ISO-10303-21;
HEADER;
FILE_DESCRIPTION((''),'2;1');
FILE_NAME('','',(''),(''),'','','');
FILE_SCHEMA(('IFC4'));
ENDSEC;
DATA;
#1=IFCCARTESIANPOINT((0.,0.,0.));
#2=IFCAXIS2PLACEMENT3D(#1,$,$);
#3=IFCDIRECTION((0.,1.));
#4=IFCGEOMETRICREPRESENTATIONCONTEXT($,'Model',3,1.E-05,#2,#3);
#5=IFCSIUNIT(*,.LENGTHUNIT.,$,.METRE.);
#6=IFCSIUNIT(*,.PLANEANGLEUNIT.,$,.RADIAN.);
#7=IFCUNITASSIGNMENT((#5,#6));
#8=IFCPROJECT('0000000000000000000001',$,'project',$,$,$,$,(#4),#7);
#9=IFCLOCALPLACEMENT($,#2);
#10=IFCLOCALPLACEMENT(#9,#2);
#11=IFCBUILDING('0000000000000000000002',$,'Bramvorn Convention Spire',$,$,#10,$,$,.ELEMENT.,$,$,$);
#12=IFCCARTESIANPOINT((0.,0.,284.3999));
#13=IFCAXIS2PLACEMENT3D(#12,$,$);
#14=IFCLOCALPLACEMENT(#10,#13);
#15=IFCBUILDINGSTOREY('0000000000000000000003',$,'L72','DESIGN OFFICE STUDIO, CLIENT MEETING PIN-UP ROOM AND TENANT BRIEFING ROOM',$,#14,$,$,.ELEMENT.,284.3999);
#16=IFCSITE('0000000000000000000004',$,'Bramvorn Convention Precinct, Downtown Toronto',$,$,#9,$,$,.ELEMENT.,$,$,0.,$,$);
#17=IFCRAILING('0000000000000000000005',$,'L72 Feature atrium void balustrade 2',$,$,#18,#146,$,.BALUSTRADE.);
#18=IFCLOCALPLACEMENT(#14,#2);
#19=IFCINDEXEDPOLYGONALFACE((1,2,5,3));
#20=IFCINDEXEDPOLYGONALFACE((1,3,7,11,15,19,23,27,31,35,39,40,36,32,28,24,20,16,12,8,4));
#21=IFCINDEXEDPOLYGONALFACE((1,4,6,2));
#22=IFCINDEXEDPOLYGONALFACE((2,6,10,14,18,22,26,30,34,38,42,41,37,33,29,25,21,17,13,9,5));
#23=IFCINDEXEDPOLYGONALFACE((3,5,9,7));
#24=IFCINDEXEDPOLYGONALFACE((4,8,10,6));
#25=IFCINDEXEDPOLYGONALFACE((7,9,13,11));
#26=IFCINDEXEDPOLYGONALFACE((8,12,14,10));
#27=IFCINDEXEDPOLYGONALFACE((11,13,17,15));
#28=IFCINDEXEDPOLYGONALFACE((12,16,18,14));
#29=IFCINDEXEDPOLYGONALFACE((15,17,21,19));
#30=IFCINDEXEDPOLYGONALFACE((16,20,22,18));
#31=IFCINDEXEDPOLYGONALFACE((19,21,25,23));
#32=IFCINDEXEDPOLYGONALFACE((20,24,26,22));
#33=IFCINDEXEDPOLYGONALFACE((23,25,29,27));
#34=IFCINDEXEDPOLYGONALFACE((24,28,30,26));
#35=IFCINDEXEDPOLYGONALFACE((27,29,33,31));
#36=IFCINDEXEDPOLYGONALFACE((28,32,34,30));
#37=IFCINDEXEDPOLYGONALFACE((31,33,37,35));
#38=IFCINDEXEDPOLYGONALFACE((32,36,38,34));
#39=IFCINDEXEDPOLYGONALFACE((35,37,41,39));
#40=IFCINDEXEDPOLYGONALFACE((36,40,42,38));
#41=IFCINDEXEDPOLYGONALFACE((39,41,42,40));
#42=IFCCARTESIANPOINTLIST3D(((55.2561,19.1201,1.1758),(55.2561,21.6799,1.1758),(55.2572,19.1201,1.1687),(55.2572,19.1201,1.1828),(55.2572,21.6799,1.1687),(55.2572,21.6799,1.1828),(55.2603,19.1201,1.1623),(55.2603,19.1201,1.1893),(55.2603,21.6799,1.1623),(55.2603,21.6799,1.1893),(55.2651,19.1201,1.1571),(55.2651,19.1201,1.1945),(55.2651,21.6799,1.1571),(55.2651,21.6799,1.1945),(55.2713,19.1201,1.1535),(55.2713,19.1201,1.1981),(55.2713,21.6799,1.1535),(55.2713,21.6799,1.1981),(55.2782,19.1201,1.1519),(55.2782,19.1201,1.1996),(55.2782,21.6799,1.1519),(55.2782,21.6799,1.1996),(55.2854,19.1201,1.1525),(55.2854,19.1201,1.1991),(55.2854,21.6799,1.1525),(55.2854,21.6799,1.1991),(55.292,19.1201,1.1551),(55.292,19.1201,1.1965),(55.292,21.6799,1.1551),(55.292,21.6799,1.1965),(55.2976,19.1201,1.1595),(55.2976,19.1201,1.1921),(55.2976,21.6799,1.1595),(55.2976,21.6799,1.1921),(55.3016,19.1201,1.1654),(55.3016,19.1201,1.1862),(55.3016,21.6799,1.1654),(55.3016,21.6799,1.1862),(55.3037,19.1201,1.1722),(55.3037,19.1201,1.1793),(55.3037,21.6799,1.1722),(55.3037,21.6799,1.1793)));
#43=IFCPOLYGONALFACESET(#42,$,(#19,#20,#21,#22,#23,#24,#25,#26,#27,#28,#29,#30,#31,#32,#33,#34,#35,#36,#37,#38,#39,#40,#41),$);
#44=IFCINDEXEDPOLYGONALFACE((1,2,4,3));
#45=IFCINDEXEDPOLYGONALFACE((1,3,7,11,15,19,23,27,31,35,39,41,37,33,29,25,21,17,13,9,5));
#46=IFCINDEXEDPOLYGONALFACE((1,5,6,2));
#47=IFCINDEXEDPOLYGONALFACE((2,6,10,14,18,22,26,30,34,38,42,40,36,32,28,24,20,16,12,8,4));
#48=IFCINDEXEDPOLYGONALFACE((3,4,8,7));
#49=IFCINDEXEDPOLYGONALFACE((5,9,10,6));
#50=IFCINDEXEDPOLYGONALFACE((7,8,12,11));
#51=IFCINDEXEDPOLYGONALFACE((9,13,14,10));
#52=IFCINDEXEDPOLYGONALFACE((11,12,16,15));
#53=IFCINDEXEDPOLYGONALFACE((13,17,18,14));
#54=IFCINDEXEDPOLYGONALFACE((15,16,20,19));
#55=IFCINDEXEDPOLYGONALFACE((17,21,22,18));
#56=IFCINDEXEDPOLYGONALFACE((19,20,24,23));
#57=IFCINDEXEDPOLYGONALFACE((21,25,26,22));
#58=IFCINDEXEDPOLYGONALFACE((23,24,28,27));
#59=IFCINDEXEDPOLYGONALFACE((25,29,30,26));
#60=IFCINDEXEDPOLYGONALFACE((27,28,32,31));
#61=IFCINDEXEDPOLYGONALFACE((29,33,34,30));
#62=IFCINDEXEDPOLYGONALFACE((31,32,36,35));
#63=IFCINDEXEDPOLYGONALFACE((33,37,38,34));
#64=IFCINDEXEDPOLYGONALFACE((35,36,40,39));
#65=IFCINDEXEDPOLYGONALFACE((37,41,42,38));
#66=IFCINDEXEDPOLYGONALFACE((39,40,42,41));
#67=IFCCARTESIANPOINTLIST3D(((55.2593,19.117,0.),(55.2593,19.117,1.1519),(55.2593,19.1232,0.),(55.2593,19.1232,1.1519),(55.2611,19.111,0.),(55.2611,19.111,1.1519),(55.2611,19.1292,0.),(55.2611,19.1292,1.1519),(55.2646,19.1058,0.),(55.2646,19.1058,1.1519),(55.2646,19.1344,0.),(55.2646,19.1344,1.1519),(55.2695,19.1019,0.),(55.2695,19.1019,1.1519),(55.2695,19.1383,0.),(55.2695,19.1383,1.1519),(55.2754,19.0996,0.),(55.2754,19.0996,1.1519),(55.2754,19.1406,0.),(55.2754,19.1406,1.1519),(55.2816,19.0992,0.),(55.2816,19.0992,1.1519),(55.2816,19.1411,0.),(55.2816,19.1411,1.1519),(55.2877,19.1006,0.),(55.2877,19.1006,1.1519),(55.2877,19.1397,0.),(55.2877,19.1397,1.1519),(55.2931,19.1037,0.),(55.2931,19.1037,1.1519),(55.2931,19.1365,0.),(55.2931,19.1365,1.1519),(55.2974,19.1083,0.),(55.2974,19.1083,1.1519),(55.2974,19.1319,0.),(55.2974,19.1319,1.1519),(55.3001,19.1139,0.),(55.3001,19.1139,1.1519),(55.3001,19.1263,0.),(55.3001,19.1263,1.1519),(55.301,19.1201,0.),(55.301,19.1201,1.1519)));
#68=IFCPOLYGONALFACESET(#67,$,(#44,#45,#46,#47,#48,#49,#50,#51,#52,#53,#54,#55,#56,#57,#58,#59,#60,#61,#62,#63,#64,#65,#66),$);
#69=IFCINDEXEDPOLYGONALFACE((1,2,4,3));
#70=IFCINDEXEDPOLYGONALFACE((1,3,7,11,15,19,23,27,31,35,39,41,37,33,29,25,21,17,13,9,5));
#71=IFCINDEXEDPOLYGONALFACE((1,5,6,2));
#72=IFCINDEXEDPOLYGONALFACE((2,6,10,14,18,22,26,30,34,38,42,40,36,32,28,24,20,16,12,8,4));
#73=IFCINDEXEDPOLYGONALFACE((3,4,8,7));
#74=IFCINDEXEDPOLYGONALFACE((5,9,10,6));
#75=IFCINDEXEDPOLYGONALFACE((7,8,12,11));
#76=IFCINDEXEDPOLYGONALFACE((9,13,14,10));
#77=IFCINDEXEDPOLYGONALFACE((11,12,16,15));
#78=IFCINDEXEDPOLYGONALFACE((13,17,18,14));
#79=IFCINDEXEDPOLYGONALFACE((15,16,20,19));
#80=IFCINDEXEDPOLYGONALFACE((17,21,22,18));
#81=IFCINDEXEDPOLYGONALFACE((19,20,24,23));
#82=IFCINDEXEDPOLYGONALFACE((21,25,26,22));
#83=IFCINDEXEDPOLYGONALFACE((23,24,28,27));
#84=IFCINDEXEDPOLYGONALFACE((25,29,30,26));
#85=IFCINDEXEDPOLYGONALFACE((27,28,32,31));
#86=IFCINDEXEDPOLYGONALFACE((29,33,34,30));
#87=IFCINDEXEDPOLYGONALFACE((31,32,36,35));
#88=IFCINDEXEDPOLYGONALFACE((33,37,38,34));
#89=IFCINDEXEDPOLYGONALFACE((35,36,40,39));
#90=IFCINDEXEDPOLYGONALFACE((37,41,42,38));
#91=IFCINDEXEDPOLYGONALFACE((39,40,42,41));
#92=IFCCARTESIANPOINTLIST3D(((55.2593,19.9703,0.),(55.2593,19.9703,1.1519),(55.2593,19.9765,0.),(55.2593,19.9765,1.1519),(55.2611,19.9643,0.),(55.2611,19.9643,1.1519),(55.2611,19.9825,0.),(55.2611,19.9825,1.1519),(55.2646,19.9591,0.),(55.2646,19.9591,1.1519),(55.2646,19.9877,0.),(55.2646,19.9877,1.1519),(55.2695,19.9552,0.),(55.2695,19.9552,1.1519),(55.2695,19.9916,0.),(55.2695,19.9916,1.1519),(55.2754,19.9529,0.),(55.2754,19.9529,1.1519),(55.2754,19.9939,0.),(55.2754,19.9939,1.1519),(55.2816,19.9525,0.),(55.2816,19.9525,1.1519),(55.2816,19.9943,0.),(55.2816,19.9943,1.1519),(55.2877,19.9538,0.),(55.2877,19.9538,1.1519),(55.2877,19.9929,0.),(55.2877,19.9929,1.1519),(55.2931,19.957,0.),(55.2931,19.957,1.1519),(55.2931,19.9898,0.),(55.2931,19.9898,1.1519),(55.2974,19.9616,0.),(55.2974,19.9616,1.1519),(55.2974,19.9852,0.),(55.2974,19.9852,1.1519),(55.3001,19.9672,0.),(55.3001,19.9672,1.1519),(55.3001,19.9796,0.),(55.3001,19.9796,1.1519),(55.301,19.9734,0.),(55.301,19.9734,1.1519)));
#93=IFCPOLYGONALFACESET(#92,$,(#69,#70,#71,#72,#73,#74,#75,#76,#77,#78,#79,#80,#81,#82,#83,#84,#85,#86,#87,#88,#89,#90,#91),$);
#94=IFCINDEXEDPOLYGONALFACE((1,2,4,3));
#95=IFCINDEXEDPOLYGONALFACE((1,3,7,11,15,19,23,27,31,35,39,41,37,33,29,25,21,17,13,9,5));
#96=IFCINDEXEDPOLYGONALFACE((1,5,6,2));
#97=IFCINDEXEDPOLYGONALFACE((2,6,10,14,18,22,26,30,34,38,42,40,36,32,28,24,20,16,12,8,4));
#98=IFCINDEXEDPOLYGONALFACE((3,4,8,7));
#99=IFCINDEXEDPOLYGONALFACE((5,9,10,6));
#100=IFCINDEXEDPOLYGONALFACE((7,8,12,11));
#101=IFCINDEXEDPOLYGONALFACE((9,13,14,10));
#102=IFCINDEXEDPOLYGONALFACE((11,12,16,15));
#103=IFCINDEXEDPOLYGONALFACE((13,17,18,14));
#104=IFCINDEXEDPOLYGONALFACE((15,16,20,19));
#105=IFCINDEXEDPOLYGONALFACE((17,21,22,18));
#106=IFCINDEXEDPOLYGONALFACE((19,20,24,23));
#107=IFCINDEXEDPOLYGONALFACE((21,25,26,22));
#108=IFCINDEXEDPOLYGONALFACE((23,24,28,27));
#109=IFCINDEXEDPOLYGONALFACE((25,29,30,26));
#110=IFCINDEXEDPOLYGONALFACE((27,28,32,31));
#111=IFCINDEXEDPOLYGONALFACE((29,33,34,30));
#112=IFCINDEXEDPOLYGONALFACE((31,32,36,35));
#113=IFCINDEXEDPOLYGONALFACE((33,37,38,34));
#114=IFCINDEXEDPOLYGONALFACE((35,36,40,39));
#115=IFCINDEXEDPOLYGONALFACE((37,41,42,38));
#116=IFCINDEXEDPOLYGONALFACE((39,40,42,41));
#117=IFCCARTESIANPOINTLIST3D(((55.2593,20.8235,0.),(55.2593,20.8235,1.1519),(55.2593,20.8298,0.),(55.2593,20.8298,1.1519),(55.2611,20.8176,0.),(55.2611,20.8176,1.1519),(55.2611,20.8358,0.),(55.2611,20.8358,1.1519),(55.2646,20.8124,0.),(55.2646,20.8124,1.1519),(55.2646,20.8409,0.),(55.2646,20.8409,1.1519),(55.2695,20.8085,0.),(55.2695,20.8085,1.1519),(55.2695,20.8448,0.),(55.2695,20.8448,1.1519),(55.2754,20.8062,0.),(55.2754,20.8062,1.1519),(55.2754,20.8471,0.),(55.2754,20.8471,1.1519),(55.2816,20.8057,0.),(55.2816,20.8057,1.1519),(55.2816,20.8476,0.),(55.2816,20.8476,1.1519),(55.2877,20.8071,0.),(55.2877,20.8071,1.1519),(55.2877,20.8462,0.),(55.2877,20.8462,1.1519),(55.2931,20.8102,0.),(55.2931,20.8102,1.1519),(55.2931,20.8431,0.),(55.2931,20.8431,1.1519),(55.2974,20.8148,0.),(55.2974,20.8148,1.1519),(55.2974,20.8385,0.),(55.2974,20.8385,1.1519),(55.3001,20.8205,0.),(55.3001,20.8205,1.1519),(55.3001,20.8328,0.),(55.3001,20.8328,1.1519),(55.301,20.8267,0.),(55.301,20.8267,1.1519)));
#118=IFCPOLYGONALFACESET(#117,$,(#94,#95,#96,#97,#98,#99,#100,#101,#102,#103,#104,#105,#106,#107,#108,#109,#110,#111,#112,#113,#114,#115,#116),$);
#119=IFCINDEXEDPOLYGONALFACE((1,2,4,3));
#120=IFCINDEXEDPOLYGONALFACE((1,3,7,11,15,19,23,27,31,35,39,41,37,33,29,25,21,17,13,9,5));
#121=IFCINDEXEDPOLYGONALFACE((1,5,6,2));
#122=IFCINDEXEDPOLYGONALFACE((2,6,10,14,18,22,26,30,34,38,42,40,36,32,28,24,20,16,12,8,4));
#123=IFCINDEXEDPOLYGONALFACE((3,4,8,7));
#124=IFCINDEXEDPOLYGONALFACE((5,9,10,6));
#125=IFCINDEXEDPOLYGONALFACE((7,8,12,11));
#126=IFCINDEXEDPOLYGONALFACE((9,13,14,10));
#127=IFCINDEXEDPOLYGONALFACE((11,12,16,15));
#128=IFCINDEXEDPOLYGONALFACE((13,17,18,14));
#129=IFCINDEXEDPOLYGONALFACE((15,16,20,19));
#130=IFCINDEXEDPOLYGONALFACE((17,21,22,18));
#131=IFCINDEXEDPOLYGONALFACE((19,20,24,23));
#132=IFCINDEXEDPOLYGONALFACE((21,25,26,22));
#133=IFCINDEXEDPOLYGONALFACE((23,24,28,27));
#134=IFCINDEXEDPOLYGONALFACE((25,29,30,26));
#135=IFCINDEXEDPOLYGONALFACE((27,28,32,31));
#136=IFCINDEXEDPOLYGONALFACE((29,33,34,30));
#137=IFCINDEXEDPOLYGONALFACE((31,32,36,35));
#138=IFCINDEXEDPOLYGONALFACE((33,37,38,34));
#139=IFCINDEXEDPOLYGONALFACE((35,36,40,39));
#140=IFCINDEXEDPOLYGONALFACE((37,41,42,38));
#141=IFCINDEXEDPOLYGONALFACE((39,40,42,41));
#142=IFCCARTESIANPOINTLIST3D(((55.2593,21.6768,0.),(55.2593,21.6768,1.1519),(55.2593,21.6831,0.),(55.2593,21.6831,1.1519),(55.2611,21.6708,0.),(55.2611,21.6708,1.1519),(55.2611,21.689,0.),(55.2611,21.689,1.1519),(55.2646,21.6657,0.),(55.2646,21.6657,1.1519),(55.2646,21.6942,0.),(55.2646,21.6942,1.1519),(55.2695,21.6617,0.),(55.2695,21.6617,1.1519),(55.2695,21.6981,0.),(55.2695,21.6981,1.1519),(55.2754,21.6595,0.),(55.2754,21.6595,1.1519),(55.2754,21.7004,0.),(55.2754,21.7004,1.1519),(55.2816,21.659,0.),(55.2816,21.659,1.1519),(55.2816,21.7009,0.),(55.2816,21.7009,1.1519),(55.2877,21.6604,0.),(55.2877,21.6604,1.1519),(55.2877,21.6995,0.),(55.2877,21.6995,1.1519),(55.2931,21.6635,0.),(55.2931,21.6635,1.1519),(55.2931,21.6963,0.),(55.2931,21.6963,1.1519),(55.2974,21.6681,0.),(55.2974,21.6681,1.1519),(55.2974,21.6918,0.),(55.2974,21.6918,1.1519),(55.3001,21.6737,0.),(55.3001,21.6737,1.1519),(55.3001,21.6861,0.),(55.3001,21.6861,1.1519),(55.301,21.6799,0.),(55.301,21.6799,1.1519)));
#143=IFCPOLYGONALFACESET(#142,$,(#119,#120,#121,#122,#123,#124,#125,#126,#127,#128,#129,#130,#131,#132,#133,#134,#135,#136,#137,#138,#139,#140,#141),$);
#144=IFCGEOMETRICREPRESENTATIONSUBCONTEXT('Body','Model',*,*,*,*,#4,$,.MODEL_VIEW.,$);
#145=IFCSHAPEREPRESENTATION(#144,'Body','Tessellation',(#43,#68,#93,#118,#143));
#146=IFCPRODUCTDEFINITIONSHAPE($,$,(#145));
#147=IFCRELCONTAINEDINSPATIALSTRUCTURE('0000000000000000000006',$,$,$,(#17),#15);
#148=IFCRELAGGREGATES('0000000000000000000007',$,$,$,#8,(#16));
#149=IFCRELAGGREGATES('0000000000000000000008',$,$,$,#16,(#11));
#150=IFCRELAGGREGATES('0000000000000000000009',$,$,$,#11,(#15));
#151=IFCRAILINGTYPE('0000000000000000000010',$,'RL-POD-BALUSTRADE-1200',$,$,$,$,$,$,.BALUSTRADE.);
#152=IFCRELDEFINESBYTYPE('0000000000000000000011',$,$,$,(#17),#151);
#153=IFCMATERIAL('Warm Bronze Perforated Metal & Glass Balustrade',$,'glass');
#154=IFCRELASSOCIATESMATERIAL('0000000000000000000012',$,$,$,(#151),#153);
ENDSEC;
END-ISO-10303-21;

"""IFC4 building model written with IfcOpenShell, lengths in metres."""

from ifc_helpers import new_model, si_unit, direction, frame, origin, origin_2d, place, context, subcontext, project, spatial, circle, extrude, material, type_object, element, save


model = new_model("IFC4")

# Units and contexts
model_context = context("Model", 3, precision=1e-05, world=origin(), true_north=direction((0.0, 1.0)))
body_context = subcontext(model_context, "Body", "Model", "MODEL_VIEW")
ifc_project = project(units=[si_unit("LENGTHUNIT", "METRE"), si_unit("PLANEANGLEUNIT", "RADIAN")], contexts=[model_context])

# Site, building, storey
site_placement = place(None, origin())
site = spatial("IfcSite", under=ifc_project, at=site_placement, Name="Bramvorn Convention Precinct, Downtown Toronto", CompositionType="ELEMENT", RefElevation=0.0)
building_placement = place(site_placement, origin())
building = spatial("IfcBuilding", under=site, at=building_placement, Name="Bramvorn Convention Spire", CompositionType="ELEMENT")
storey_placement = place(building_placement, frame((0.0, 0.0, 284.3999)))
storey = spatial("IfcBuildingStorey", under=building, at=storey_placement, Name="L72", Description="DESIGN OFFICE STUDIO, CLIENT MEETING PIN-UP ROOM AND TENANT BRIEFING ROOM", CompositionType="ELEMENT", Elevation=284.3999)

# Railing
ifc_material_1 = material(Name="Warm Bronze Perforated Metal & Glass Balustrade", Category="glass")
railing_type = type_object("IfcRailingType", Name="RL-POD-BALUSTRADE-1200", PredefinedType="BALUSTRADE", material=ifc_material_1)
railing_1_placement = place(storey_placement, frame((55.28, 19.1201, 0.0)))
element("IfcRailing", 1, at=railing_1_placement, inside=storey, type_object=railing_type, Name="L72 Feature atrium void balustrade 2", PredefinedType="BALUSTRADE", context=body_context, shape_type="SweptSolid", body=[
    extrude(circle(Radius=0.0239, at=origin_2d()), frame((0.0, 0.0, 1.1758), z_axis=(0.0, 1.0, 0.0), x_axis=(-1.0, 0.0, 0.0)), (0.0, 0.0, 1.0), 2.5598),
    extrude(circle(Radius=0.021, at=origin_2d()), origin(), (0.0, 0.0, 1.0), 1.1519),
    extrude(circle(Radius=0.021, at=origin_2d()), frame((0.0, 0.8533, 0.0)), (0.0, 0.0, 1.0), 1.1519),
    extrude(circle(Radius=0.021, at=origin_2d()), frame((0.0, 1.7065, 0.0)), (0.0, 0.0, 1.0), 1.1519),
    extrude(circle(Radius=0.021, at=origin_2d()), frame((0.0, 2.5598, 0.0)), (0.0, 0.0, 1.0), 1.1519),
])

save(model, "model.ifc")
